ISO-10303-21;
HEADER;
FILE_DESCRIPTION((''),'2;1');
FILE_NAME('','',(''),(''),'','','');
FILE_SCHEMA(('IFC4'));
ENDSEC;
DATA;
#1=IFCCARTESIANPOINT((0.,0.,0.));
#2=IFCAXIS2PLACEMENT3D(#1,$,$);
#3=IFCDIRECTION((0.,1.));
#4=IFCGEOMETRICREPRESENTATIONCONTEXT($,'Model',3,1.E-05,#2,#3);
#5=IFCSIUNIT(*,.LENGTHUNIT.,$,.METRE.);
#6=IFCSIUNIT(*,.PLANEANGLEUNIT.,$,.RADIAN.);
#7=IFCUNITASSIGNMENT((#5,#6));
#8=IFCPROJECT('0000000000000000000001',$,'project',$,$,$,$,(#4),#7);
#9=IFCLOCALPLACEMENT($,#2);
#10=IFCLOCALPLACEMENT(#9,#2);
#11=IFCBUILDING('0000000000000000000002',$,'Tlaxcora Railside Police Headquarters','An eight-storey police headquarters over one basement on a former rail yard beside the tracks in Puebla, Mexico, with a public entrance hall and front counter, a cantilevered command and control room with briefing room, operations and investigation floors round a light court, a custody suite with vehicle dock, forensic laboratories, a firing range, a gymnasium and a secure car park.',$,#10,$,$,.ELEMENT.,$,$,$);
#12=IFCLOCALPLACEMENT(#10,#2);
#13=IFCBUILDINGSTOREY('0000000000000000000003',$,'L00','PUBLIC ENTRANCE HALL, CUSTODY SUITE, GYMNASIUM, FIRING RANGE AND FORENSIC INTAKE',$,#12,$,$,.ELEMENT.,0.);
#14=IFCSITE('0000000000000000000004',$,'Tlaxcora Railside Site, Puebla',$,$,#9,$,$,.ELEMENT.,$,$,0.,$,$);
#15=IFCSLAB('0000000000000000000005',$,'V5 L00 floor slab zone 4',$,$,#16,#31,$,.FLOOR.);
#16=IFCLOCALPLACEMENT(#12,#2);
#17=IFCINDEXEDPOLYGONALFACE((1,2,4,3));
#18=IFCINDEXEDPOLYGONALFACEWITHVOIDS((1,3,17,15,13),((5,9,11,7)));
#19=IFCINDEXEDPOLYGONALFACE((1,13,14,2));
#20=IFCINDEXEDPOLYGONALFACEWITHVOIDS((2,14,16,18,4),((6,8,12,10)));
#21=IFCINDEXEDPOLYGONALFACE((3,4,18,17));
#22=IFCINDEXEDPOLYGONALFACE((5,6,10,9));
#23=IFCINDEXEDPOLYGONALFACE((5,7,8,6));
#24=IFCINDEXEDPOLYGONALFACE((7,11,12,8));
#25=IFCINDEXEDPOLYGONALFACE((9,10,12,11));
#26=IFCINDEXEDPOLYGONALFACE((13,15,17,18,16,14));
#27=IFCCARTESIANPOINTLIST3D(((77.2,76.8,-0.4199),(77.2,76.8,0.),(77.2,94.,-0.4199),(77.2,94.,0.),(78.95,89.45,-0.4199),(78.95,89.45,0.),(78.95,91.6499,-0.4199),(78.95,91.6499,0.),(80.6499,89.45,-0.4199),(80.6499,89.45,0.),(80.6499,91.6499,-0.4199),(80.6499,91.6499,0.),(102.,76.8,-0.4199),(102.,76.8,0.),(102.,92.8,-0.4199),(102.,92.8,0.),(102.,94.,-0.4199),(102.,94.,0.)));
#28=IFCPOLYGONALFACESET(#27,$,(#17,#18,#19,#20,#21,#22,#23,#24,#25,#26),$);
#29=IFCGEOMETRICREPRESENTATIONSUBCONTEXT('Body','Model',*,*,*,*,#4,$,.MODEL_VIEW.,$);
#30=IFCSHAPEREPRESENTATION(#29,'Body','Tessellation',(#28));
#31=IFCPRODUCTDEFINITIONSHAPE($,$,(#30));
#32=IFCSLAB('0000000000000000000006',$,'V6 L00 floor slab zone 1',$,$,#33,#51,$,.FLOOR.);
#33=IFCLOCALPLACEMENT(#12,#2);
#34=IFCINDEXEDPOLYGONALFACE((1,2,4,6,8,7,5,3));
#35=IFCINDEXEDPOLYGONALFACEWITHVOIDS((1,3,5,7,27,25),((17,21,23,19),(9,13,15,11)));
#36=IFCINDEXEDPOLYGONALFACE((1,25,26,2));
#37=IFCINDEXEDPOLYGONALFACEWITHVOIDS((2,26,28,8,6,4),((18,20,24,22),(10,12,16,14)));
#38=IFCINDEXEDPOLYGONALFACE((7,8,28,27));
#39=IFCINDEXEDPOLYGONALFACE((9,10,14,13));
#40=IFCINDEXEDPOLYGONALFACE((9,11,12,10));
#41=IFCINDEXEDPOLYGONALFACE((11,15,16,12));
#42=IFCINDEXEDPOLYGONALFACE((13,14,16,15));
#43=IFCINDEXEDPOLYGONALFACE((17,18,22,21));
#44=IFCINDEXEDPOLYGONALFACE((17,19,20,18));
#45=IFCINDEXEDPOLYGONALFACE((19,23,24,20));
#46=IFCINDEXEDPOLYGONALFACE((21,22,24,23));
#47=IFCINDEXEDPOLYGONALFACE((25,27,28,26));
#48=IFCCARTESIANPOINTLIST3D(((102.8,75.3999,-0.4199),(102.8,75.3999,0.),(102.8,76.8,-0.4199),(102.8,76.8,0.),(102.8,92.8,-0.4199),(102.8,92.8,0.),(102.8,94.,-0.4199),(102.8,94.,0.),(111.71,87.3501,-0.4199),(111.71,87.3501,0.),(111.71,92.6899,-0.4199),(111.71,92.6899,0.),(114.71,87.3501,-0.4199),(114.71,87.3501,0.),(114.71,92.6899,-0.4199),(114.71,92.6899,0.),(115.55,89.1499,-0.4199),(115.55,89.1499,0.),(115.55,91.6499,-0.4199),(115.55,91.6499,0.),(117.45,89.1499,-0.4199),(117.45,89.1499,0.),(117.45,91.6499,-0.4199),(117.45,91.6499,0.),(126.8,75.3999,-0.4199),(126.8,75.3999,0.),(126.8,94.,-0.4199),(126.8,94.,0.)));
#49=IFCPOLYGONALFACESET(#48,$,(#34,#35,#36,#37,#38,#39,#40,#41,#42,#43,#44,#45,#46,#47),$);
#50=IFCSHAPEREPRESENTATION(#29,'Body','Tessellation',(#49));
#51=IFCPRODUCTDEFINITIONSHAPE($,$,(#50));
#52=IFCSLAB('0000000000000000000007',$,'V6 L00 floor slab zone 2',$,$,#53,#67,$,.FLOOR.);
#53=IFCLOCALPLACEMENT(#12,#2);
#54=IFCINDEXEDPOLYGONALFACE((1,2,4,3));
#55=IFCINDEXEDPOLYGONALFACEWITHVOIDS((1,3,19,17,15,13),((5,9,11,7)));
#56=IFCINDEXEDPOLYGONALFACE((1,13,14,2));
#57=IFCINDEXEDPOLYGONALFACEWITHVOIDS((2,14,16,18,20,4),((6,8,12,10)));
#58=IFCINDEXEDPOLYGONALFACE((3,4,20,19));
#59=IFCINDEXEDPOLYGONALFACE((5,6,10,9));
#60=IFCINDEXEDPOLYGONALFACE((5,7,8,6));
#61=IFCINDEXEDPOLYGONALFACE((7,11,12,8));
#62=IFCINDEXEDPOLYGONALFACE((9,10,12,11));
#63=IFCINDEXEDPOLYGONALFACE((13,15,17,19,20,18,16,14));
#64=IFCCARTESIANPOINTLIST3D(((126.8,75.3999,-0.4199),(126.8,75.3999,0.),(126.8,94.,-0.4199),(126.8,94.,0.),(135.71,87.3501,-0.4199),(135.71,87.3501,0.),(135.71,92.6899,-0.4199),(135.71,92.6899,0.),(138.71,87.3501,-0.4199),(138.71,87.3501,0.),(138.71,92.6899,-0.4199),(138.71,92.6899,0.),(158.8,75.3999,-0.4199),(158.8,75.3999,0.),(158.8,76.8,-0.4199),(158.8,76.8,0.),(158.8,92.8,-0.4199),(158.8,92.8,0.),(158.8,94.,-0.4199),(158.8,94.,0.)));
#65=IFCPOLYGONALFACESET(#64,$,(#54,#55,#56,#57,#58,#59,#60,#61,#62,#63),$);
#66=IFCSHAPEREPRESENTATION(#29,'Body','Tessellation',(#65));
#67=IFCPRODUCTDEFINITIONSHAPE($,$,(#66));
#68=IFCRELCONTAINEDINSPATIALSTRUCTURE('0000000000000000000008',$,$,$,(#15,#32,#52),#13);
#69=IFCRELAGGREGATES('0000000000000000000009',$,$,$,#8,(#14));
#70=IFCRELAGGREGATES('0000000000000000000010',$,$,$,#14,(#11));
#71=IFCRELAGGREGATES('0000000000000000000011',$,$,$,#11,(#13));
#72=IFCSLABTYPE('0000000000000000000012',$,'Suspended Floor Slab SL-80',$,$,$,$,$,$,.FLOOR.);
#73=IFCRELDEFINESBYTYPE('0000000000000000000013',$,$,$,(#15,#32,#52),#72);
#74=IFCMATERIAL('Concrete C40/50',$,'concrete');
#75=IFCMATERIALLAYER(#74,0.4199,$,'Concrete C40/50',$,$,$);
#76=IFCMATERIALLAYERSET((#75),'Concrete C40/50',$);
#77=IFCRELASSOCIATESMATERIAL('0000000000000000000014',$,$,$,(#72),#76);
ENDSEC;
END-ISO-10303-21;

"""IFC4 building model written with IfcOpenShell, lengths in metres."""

from ifc_helpers import new_model, si_unit, direction, frame, origin, place, context, subcontext, project, spatial, polyline, outline, extrude, material, layer, layer_set, type_object, element, save


model = new_model("IFC4")

# Units and contexts
model_context = context("Model", 3, precision=1e-05, world=origin(), true_north=direction((0.0, 1.0)))
body_context = subcontext(model_context, "Body", "Model", "MODEL_VIEW")
ifc_project = project(units=[si_unit("LENGTHUNIT", "METRE"), si_unit("PLANEANGLEUNIT", "RADIAN")], contexts=[model_context])

# Site, building, storey
site_placement = place(None, origin())
site = spatial("IfcSite", under=ifc_project, at=site_placement, Name="Tlaxcora Railside Site, Puebla", CompositionType="ELEMENT", RefElevation=0.0)
building_placement = place(site_placement, origin())
building = spatial("IfcBuilding", under=site, at=building_placement, Name="Tlaxcora Railside Police Headquarters", Description="An eight-storey police headquarters over one basement on a former rail yard beside the tracks in Puebla, Mexico, with a public entrance hall and front counter, a cantilevered command and control room with briefing room, operations and investigation floors round a light court, a custody suite with vehicle dock, forensic laboratories, a firing range, a gymnasium and a secure car park.", CompositionType="ELEMENT")
storey_placement = place(building_placement, origin())
storey = spatial("IfcBuildingStorey", under=building, at=storey_placement, Name="L00", Description="PUBLIC ENTRANCE HALL, CUSTODY SUITE, GYMNASIUM, FIRING RANGE AND FORENSIC INTAKE", CompositionType="ELEMENT", Elevation=0.0)

# Shared definitions
ifc_material_1 = material(Name="Concrete C40/50", Category="concrete")

# Slabs
ifc_layer_1 = layer(ifc_material_1, 0.4199, Name="Concrete C40/50")
ifc_layer_set_1 = layer_set([ifc_layer_1], Name="Concrete C40/50")
slab_type_1 = type_object("IfcSlabType", Name="Suspended Floor Slab SL-80", PredefinedType="FLOOR", material=ifc_layer_set_1)
slab_1_placement = place(storey_placement, frame((0.0, 0.0, -0.4199)))
element("IfcSlab", 1, at=slab_1_placement, inside=storey, type_object=slab_type_1, Name="V5 L00 floor slab zone 4", PredefinedType="FLOOR", context=body_context, shape_type="SweptSolid", body=[
    extrude(outline(polyline([(102.0, 94.0), (77.2, 94.0), (77.2, 76.8), (102.0, 76.8), (102.0, 92.8), (102.0, 94.0)]), holes=[polyline([(80.6499, 91.6499), (80.6499, 89.45), (78.95, 89.45), (78.95, 91.6499), (80.6499, 91.6499)])]), origin(), (0.0, 0.0, 1.0), 0.4199),
])
slab_2_placement = place(storey_placement, frame((0.0, 0.0, -0.4199)))
element("IfcSlab", 2, at=slab_2_placement, inside=storey, type_object=slab_type_1, Name="V6 L00 floor slab zone 1", PredefinedType="FLOOR", context=body_context, shape_type="SweptSolid", body=[
    extrude(outline(polyline([(102.8, 92.8), (102.8, 76.8), (102.8, 75.3999), (126.8, 75.3999), (126.8, 94.0), (102.8, 94.0), (102.8, 92.8)]), holes=[polyline([(111.71, 92.6899), (114.71, 92.6899), (114.71, 87.3501), (111.71, 87.3501), (111.71, 92.6899)]), polyline([(117.45, 91.6499), (117.45, 89.1499), (115.55, 89.1499), (115.55, 91.6499), (117.45, 91.6499)])]), origin(), (0.0, 0.0, 1.0), 0.4199),
])
slab_3_placement = place(storey_placement, frame((0.0, 0.0, -0.4199)))
element("IfcSlab", 3, at=slab_3_placement, inside=storey, type_object=slab_type_1, Name="V6 L00 floor slab zone 2", PredefinedType="FLOOR", context=body_context, shape_type="SweptSolid", body=[
    extrude(outline(polyline([(126.8, 94.0), (126.8, 75.3999), (158.8, 75.3999), (158.8, 76.8), (158.8, 92.8), (158.8, 94.0), (126.8, 94.0)]), holes=[polyline([(138.71, 87.3501), (135.71, 87.3501), (135.71, 92.6899), (138.71, 92.6899), (138.71, 87.3501)])]), origin(), (0.0, 0.0, 1.0), 0.4199),
])

save(model, "model.ifc")
